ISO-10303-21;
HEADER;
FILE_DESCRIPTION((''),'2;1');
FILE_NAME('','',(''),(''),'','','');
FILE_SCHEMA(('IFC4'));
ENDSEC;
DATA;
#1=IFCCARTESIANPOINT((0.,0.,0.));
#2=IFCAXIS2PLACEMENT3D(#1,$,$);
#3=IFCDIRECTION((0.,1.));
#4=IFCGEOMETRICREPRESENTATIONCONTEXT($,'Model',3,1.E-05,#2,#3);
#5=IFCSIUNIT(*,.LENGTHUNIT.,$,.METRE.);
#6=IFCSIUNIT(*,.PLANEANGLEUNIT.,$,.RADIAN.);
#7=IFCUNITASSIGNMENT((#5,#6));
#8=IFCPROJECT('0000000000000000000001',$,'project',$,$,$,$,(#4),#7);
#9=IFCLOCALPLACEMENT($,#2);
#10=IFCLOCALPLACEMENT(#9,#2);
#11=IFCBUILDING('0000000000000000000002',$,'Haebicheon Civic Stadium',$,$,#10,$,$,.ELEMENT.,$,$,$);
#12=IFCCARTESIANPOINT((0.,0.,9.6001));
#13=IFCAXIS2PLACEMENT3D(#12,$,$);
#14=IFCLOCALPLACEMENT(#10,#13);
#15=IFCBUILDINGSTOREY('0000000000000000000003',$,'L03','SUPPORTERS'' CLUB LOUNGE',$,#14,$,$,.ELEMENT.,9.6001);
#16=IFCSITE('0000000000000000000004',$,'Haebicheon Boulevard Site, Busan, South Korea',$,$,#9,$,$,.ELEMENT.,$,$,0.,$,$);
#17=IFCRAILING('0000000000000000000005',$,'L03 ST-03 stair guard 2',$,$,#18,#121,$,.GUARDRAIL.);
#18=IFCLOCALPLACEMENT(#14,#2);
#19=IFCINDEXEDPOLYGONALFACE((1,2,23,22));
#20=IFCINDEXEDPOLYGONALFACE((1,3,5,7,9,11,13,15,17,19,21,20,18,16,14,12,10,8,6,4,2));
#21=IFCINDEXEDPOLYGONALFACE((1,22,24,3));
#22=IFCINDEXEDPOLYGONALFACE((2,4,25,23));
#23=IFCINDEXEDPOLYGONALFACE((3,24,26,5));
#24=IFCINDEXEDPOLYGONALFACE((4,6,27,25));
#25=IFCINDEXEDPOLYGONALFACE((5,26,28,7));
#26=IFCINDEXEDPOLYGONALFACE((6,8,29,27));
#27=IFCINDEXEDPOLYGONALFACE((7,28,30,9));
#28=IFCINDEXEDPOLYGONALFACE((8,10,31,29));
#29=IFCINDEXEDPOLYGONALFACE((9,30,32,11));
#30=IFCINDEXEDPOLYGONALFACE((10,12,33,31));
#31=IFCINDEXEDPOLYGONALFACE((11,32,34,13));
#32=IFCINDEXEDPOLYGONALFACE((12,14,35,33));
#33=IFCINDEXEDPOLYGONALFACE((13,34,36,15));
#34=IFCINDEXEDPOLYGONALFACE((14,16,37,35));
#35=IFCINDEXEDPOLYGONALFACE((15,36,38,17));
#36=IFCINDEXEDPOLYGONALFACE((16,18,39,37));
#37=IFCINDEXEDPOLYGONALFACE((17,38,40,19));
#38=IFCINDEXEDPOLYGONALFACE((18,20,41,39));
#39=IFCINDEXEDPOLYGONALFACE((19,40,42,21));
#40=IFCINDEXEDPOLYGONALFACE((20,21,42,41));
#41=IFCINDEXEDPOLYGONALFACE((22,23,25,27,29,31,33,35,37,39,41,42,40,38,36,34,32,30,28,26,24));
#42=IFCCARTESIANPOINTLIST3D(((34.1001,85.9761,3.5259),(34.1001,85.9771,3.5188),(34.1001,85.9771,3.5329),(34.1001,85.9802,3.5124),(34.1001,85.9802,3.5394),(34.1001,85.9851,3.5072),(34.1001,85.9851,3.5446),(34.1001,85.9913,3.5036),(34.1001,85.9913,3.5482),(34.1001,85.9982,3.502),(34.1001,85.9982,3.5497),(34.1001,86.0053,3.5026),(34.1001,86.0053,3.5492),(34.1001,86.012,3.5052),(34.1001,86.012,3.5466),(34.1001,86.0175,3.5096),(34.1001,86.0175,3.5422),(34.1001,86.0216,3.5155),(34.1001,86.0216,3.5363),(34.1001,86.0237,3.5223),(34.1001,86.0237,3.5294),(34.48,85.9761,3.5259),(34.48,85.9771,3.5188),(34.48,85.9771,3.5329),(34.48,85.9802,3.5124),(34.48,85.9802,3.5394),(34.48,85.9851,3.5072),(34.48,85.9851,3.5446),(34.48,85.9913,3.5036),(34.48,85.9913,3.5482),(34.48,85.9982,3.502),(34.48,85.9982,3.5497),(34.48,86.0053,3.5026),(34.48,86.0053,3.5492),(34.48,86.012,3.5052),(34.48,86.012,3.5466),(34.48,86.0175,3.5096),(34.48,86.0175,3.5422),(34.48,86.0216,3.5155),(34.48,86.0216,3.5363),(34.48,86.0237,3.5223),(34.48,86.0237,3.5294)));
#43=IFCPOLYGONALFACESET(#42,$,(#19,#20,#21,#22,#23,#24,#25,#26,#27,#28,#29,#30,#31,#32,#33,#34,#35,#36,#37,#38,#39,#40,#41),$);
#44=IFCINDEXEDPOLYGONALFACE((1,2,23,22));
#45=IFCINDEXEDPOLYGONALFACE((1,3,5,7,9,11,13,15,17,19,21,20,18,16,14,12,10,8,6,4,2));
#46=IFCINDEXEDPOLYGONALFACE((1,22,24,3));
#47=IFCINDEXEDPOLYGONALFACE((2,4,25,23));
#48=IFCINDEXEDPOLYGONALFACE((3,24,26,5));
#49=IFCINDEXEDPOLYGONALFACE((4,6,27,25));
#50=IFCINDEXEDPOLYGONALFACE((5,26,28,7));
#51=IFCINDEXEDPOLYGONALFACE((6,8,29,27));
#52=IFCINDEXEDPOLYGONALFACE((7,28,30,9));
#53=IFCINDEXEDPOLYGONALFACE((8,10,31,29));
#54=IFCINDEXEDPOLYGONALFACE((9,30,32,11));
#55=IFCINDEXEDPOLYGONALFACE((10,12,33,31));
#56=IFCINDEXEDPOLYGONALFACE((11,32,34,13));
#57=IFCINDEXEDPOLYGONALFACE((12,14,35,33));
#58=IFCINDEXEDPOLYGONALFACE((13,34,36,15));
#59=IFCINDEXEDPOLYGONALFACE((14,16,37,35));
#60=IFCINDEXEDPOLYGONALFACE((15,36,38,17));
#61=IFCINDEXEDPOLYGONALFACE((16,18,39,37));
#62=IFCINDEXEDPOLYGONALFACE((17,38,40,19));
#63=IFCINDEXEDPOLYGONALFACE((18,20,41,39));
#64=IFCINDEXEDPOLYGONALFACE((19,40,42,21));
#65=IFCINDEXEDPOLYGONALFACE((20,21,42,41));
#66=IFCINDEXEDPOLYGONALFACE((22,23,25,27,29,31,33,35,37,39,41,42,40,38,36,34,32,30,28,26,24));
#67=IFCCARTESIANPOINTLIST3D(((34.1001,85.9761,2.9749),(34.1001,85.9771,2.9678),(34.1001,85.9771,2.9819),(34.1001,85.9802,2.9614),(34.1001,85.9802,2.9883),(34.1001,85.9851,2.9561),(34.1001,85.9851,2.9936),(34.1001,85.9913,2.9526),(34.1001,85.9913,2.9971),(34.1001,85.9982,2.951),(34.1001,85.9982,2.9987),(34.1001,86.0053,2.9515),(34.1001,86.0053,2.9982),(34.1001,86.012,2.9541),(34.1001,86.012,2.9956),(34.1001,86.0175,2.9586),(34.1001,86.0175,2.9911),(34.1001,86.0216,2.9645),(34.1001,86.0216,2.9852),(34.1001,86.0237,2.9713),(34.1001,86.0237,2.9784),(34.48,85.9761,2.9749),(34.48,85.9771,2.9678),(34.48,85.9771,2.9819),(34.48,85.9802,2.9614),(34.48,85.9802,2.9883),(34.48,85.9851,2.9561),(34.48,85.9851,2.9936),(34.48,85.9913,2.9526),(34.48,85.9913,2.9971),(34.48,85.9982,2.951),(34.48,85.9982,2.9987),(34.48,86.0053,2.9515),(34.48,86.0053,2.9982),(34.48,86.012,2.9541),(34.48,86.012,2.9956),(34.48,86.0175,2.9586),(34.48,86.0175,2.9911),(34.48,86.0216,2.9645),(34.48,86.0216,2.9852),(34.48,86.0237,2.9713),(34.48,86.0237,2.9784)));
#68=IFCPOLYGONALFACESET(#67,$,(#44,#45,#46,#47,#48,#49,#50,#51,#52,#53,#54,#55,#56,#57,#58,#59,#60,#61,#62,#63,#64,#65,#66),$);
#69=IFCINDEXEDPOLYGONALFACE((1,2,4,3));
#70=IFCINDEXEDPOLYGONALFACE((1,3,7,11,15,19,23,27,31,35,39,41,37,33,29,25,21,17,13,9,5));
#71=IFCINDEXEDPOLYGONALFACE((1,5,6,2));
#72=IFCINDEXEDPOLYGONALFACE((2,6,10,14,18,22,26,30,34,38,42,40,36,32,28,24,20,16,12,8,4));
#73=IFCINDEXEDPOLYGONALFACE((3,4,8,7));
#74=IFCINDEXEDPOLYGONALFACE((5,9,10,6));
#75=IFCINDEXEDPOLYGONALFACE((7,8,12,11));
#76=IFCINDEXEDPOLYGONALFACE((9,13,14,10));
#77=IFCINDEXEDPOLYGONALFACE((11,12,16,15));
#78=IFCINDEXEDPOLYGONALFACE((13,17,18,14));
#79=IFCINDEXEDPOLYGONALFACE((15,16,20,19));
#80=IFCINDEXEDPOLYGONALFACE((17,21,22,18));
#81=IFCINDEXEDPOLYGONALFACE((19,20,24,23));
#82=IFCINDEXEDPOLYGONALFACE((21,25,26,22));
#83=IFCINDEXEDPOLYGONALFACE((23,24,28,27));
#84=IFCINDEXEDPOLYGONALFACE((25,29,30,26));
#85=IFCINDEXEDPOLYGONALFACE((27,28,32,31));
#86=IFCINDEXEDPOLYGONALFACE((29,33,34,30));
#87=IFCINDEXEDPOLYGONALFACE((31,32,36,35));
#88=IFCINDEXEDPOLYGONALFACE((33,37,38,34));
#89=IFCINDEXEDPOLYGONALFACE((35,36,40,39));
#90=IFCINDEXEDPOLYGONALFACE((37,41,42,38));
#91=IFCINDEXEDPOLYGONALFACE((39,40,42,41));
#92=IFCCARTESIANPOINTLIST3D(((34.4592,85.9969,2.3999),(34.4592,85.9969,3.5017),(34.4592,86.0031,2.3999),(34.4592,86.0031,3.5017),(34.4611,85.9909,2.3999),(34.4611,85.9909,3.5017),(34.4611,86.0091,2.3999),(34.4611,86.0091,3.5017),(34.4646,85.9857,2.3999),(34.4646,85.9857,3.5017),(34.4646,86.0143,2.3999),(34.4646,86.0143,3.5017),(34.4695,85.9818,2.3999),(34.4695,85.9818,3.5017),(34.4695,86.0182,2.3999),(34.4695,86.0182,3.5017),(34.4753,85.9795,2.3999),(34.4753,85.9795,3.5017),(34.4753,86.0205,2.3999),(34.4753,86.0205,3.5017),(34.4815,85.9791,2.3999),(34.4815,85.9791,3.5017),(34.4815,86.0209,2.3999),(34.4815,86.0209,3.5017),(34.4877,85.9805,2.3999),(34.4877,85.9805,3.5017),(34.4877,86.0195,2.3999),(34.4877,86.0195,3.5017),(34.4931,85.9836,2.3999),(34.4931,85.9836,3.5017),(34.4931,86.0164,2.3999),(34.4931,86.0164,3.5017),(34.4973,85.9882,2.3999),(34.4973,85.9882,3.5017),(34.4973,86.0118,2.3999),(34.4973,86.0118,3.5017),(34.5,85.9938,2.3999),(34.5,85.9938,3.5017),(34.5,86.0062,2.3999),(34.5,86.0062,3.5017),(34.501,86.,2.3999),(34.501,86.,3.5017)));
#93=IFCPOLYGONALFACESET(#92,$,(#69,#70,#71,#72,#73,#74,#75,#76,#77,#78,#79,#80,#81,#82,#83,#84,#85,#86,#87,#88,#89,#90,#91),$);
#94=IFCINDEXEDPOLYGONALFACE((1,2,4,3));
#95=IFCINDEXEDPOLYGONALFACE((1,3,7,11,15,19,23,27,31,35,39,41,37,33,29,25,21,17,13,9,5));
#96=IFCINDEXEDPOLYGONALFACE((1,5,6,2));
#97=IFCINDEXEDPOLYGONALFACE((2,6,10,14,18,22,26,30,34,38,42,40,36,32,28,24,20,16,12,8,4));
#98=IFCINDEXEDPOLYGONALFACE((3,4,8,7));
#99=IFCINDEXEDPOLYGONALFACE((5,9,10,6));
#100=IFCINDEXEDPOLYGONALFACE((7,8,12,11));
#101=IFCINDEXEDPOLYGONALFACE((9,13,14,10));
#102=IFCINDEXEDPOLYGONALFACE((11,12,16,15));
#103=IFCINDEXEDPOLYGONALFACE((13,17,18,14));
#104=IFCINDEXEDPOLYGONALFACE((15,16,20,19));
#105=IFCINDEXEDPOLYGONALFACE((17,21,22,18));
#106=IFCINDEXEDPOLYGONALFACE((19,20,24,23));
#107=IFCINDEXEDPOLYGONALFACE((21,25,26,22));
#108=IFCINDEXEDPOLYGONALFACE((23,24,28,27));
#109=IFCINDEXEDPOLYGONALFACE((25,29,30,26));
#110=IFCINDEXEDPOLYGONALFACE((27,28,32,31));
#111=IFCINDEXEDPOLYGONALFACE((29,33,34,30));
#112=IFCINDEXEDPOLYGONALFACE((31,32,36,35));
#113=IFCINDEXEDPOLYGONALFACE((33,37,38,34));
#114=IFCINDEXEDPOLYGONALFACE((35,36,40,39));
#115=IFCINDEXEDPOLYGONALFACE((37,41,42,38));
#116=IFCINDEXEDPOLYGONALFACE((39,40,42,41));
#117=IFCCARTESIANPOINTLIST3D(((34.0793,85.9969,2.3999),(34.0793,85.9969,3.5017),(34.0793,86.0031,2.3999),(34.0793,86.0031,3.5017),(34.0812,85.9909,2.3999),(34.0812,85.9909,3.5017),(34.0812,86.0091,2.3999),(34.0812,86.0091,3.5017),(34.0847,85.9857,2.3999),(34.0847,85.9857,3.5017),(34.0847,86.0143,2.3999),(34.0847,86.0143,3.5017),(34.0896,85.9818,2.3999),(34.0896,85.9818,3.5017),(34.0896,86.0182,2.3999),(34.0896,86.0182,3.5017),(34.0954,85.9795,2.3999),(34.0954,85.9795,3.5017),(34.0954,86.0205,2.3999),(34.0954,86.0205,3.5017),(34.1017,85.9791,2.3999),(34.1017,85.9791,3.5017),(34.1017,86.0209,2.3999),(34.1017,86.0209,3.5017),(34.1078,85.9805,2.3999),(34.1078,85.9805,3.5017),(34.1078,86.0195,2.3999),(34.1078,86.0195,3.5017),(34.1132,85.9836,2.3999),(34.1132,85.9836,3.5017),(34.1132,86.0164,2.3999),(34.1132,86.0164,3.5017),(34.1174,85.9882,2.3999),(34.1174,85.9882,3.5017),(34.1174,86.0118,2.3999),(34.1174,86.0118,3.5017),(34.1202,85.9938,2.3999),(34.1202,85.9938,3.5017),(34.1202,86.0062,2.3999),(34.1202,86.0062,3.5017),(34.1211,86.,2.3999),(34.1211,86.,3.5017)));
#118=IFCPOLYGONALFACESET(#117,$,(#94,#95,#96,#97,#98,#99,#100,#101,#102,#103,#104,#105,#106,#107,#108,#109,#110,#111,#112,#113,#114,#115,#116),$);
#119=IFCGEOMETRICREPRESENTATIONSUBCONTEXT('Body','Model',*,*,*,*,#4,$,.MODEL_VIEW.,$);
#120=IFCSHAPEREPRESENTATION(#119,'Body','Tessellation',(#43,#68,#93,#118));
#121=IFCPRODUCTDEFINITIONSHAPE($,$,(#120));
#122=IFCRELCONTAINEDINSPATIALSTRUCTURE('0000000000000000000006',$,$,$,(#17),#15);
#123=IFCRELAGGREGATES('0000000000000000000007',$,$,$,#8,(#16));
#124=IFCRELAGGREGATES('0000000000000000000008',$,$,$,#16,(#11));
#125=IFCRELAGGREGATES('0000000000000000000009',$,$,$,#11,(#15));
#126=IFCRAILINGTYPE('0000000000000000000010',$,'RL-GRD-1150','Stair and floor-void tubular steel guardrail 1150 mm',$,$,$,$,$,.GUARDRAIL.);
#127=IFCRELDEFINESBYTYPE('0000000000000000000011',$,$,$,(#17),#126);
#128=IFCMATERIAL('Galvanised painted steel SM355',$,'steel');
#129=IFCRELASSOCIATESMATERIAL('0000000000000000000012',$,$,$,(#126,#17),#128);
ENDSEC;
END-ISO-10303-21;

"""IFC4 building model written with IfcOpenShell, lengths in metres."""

from ifc_helpers import new_model, si_unit, direction, frame, origin, origin_2d, place, context, subcontext, project, spatial, circle, extrude, material, type_object, element, save


model = new_model("IFC4")

# Units and contexts
model_context = context("Model", 3, precision=1e-05, world=origin(), true_north=direction((0.0, 1.0)))
body_context = subcontext(model_context, "Body", "Model", "MODEL_VIEW")
ifc_project = project(units=[si_unit("LENGTHUNIT", "METRE"), si_unit("PLANEANGLEUNIT", "RADIAN")], contexts=[model_context])

# Site, building, storey
site_placement = place(None, origin())
site = spatial("IfcSite", under=ifc_project, at=site_placement, Name="Haebicheon Boulevard Site, Busan, South Korea", CompositionType="ELEMENT", RefElevation=0.0)
building_placement = place(site_placement, origin())
building = spatial("IfcBuilding", under=site, at=building_placement, Name="Haebicheon Civic Stadium", CompositionType="ELEMENT")
storey_placement = place(building_placement, frame((0.0, 0.0, 9.6001)))
storey = spatial("IfcBuildingStorey", under=building, at=storey_placement, Name="L03", Description="SUPPORTERS' CLUB LOUNGE", CompositionType="ELEMENT", Elevation=9.6001)

# Railing
ifc_material_1 = material(Name="Galvanised painted steel SM355", Category="steel")
railing_type_1 = type_object("IfcRailingType", Name="RL-GRD-1150", Description="Stair and floor-void tubular steel guardrail 1150 mm", PredefinedType="GUARDRAIL", material=ifc_material_1)
railing_1_placement = place(storey_placement, frame((34.48, 86.0, 2.3999)))
element("IfcRailing", 1, at=railing_1_placement, inside=storey, type_object=railing_type_1, material=ifc_material_1, Name="L03 ST-03 stair guard 2", PredefinedType="GUARDRAIL", context=body_context, shape_type="SweptSolid", body=[
    extrude(circle(Radius=0.0239, at=origin_2d()), frame((0.0, 0.0, 1.126), z_axis=(-1.0, 0.0, 0.0), x_axis=(0.0, -1.0, 0.0)), (0.0, 0.0, 1.0), 0.3799),
    extrude(circle(Radius=0.0239, at=origin_2d()), frame((0.0, 0.0, 0.575), z_axis=(-1.0, 0.0, 0.0), x_axis=(0.0, -1.0, 0.0)), (0.0, 0.0, 1.0), 0.3799),
    extrude(circle(Radius=0.021, at=origin_2d()), origin(), (0.0, 0.0, 1.0), 1.1018),
    extrude(circle(Radius=0.021, at=origin_2d()), frame((-0.3799, 0.0, 0.0)), (0.0, 0.0, 1.0), 1.1018),
])

save(model, "model.ifc")
